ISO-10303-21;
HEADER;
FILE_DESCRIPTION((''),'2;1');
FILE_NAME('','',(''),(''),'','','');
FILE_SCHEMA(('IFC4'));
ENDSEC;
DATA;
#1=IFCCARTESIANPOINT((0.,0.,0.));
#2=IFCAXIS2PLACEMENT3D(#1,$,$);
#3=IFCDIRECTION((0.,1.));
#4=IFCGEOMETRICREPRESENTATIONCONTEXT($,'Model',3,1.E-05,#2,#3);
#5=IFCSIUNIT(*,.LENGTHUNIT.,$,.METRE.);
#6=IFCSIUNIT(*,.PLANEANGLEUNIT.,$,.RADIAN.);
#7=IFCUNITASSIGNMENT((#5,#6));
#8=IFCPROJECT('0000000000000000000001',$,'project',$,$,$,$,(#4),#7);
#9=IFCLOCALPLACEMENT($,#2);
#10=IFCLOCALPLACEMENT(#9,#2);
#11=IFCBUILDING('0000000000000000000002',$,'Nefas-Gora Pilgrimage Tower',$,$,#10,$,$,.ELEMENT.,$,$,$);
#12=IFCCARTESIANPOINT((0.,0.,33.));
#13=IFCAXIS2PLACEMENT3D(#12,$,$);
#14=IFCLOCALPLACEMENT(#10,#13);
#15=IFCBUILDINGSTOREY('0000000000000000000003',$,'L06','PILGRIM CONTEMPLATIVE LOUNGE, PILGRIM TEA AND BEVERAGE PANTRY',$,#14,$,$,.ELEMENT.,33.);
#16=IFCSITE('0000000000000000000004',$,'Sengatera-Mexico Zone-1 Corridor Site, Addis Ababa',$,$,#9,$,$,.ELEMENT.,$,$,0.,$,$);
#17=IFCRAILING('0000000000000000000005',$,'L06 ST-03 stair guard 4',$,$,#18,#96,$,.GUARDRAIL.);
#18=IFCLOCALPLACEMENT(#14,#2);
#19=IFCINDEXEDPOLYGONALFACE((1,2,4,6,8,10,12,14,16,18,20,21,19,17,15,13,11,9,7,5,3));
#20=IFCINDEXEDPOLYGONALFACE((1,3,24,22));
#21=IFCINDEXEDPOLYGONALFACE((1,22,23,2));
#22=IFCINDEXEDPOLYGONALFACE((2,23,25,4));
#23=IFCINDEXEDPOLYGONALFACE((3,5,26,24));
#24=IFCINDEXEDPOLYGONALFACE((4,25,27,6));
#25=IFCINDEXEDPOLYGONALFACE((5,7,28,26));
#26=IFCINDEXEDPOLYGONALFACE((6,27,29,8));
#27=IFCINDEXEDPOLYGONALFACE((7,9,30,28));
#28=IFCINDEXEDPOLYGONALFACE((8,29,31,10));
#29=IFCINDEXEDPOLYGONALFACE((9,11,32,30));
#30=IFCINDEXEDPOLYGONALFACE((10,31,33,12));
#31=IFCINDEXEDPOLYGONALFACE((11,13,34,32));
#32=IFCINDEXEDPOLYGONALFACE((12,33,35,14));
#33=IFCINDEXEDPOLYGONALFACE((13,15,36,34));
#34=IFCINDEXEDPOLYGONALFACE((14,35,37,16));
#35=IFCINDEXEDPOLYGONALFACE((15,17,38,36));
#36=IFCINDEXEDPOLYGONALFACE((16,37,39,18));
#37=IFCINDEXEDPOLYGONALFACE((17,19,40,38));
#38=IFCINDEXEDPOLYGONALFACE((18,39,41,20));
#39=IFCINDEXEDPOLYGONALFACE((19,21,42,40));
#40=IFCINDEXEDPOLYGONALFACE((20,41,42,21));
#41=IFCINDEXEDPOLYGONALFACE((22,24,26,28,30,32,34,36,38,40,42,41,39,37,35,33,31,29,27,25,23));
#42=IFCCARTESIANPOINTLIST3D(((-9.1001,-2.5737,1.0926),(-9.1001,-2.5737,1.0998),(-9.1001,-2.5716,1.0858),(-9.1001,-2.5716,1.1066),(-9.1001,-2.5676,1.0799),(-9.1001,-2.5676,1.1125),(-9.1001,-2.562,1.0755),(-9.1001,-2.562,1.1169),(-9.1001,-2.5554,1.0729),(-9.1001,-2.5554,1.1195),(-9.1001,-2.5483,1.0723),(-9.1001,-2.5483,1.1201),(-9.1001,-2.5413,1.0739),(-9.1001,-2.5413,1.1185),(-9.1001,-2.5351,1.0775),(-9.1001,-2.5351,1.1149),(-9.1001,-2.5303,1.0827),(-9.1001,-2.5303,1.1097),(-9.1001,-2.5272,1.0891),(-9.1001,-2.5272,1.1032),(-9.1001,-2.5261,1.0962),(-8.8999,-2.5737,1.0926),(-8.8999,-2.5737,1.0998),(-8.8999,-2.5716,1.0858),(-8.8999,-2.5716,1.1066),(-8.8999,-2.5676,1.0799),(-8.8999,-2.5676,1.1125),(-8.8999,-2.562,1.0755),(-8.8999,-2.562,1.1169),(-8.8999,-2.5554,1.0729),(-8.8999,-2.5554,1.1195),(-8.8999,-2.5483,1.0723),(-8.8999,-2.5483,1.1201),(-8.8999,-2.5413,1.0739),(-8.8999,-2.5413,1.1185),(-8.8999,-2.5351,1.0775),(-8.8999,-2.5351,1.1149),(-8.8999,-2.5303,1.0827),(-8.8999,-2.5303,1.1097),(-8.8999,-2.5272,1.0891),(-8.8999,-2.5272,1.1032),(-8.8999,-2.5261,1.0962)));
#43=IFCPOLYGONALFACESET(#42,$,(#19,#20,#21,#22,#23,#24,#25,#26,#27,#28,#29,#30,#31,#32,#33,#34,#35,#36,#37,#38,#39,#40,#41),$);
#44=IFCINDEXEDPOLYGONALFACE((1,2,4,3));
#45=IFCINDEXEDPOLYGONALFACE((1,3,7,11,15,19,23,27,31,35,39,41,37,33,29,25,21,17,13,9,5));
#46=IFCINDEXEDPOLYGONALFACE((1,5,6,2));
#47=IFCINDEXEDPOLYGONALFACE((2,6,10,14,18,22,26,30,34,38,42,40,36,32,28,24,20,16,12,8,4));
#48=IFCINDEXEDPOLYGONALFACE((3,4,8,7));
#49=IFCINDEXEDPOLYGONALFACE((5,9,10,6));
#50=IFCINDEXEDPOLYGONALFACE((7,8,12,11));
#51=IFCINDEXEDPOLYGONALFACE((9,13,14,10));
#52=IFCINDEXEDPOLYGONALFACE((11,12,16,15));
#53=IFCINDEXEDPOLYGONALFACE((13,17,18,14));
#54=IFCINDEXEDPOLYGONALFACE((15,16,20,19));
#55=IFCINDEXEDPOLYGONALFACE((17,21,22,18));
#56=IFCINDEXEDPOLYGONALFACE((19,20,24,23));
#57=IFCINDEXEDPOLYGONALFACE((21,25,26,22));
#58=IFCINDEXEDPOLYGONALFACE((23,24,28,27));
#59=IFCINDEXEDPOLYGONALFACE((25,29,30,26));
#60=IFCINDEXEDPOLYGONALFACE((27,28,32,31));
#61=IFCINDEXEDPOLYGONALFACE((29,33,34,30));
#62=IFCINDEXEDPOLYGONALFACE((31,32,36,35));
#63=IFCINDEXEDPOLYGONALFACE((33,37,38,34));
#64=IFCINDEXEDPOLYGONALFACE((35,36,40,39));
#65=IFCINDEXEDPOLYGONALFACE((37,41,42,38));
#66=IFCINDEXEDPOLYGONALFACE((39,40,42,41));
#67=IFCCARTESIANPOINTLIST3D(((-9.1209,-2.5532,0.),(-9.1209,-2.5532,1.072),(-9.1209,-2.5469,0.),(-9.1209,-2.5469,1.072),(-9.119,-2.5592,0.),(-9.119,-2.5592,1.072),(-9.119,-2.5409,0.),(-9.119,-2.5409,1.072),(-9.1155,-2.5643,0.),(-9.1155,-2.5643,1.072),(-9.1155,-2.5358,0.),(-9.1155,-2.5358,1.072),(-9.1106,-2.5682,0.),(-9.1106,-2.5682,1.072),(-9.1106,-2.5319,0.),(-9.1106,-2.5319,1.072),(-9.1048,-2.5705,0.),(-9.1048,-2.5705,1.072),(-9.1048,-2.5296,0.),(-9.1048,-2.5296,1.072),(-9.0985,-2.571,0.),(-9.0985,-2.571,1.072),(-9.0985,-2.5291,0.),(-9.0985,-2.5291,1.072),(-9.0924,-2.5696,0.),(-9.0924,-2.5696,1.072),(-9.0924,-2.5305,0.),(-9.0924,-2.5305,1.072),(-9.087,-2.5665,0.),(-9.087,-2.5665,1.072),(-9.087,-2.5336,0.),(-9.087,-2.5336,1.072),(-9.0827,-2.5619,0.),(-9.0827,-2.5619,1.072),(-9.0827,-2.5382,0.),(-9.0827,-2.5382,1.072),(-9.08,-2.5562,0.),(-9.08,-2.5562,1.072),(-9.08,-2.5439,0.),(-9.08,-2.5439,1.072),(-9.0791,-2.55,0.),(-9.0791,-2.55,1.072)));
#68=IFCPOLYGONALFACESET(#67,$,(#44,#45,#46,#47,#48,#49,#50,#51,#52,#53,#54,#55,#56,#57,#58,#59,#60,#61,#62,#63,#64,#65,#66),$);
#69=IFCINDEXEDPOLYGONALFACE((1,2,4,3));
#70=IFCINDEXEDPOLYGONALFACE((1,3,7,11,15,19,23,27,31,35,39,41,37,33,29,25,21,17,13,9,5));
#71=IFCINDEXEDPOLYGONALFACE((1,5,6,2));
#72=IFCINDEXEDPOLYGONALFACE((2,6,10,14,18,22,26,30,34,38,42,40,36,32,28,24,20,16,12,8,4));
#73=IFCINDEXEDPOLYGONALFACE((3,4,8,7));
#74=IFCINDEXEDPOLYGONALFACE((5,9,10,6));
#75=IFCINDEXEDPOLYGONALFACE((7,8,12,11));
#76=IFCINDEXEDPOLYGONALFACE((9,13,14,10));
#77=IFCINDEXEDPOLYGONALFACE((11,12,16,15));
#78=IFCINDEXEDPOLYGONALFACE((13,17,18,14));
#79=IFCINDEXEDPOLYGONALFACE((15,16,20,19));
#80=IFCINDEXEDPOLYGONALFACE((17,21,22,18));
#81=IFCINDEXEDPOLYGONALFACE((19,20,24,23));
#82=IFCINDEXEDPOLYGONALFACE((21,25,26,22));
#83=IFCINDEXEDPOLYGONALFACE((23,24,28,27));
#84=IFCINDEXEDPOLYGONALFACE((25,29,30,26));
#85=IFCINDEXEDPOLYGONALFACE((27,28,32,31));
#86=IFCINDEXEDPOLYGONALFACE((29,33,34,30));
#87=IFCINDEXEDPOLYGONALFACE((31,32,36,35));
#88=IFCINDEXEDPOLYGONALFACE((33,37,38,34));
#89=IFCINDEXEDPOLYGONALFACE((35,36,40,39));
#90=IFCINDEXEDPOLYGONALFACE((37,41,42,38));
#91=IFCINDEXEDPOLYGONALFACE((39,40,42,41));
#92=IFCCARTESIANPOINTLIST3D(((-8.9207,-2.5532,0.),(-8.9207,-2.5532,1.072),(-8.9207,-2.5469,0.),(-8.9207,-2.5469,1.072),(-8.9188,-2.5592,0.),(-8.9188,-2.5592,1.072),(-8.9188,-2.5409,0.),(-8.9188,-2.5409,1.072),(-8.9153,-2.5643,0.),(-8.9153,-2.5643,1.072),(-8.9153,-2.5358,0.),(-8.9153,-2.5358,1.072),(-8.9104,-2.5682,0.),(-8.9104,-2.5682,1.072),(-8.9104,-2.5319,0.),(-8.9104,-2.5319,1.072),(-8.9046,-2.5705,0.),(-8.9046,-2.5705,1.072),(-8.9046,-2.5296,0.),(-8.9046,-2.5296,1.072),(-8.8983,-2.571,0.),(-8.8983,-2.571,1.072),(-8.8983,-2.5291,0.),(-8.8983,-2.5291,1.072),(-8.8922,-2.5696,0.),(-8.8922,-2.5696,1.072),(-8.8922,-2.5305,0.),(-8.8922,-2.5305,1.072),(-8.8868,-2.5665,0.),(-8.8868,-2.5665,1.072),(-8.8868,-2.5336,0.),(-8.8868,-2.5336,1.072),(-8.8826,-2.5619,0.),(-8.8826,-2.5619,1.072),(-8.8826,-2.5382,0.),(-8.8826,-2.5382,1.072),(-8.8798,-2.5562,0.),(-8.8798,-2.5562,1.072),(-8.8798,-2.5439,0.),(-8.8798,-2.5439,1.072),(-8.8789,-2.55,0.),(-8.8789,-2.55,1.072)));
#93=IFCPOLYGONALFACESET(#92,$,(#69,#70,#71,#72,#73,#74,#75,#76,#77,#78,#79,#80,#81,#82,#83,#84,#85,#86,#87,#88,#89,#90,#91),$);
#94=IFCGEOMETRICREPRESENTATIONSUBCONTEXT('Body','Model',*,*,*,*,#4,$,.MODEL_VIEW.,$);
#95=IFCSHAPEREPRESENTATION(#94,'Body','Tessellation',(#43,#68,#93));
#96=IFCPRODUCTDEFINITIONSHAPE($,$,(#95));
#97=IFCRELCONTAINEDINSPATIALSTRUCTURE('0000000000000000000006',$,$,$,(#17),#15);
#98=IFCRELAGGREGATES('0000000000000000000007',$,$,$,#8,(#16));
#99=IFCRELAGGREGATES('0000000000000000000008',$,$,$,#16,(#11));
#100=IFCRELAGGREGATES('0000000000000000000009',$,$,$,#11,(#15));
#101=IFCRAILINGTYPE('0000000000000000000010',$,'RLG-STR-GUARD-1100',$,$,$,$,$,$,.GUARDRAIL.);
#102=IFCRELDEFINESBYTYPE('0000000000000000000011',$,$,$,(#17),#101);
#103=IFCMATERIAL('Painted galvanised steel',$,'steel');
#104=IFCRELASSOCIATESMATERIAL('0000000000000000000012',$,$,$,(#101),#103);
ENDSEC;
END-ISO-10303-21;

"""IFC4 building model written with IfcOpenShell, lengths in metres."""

from ifc_helpers import new_model, si_unit, direction, frame, origin, origin_2d, place, context, subcontext, project, spatial, circle, extrude, material, type_object, element, save


model = new_model("IFC4")

# Units and contexts
model_context = context("Model", 3, precision=1e-05, world=origin(), true_north=direction((0.0, 1.0)))
body_context = subcontext(model_context, "Body", "Model", "MODEL_VIEW")
ifc_project = project(units=[si_unit("LENGTHUNIT", "METRE"), si_unit("PLANEANGLEUNIT", "RADIAN")], contexts=[model_context])

# Site, building, storey
site_placement = place(None, origin())
site = spatial("IfcSite", under=ifc_project, at=site_placement, Name="Sengatera-Mexico Zone-1 Corridor Site, Addis Ababa", CompositionType="ELEMENT", RefElevation=0.0)
building_placement = place(site_placement, origin())
building = spatial("IfcBuilding", under=site, at=building_placement, Name="Nefas-Gora Pilgrimage Tower", CompositionType="ELEMENT")
storey_placement = place(building_placement, frame((0.0, 0.0, 33.0)))
storey = spatial("IfcBuildingStorey", under=building, at=storey_placement, Name="L06", Description="PILGRIM CONTEMPLATIVE LOUNGE, PILGRIM TEA AND BEVERAGE PANTRY", CompositionType="ELEMENT", Elevation=33.0)

# Railing
ifc_material_1 = material(Name="Painted galvanised steel", Category="steel")
railing_type_1 = type_object("IfcRailingType", Name="RLG-STR-GUARD-1100", PredefinedType="GUARDRAIL", material=ifc_material_1)
railing_1_placement = place(storey_placement, frame((-9.1001, -2.55, 0.0)))
element("IfcRailing", 1, at=railing_1_placement, inside=storey, type_object=railing_type_1, Name="L06 ST-03 stair guard 4", PredefinedType="GUARDRAIL", context=body_context, shape_type="SweptSolid", body=[
    extrude(circle(Radius=0.0239, at=origin_2d()), frame((0.0, 0.0, 1.0962), z_axis=(1.0, 0.0, 0.0), x_axis=(0.0, 1.0, 0.0)), (0.0, 0.0, 1.0), 0.2002),
    extrude(circle(Radius=0.021, at=origin_2d()), origin(), (0.0, 0.0, 1.0), 1.072),
    extrude(circle(Radius=0.021, at=origin_2d()), frame((0.2002, 0.0, 0.0)), (0.0, 0.0, 1.0), 1.072),
])

save(model, "model.ifc")
